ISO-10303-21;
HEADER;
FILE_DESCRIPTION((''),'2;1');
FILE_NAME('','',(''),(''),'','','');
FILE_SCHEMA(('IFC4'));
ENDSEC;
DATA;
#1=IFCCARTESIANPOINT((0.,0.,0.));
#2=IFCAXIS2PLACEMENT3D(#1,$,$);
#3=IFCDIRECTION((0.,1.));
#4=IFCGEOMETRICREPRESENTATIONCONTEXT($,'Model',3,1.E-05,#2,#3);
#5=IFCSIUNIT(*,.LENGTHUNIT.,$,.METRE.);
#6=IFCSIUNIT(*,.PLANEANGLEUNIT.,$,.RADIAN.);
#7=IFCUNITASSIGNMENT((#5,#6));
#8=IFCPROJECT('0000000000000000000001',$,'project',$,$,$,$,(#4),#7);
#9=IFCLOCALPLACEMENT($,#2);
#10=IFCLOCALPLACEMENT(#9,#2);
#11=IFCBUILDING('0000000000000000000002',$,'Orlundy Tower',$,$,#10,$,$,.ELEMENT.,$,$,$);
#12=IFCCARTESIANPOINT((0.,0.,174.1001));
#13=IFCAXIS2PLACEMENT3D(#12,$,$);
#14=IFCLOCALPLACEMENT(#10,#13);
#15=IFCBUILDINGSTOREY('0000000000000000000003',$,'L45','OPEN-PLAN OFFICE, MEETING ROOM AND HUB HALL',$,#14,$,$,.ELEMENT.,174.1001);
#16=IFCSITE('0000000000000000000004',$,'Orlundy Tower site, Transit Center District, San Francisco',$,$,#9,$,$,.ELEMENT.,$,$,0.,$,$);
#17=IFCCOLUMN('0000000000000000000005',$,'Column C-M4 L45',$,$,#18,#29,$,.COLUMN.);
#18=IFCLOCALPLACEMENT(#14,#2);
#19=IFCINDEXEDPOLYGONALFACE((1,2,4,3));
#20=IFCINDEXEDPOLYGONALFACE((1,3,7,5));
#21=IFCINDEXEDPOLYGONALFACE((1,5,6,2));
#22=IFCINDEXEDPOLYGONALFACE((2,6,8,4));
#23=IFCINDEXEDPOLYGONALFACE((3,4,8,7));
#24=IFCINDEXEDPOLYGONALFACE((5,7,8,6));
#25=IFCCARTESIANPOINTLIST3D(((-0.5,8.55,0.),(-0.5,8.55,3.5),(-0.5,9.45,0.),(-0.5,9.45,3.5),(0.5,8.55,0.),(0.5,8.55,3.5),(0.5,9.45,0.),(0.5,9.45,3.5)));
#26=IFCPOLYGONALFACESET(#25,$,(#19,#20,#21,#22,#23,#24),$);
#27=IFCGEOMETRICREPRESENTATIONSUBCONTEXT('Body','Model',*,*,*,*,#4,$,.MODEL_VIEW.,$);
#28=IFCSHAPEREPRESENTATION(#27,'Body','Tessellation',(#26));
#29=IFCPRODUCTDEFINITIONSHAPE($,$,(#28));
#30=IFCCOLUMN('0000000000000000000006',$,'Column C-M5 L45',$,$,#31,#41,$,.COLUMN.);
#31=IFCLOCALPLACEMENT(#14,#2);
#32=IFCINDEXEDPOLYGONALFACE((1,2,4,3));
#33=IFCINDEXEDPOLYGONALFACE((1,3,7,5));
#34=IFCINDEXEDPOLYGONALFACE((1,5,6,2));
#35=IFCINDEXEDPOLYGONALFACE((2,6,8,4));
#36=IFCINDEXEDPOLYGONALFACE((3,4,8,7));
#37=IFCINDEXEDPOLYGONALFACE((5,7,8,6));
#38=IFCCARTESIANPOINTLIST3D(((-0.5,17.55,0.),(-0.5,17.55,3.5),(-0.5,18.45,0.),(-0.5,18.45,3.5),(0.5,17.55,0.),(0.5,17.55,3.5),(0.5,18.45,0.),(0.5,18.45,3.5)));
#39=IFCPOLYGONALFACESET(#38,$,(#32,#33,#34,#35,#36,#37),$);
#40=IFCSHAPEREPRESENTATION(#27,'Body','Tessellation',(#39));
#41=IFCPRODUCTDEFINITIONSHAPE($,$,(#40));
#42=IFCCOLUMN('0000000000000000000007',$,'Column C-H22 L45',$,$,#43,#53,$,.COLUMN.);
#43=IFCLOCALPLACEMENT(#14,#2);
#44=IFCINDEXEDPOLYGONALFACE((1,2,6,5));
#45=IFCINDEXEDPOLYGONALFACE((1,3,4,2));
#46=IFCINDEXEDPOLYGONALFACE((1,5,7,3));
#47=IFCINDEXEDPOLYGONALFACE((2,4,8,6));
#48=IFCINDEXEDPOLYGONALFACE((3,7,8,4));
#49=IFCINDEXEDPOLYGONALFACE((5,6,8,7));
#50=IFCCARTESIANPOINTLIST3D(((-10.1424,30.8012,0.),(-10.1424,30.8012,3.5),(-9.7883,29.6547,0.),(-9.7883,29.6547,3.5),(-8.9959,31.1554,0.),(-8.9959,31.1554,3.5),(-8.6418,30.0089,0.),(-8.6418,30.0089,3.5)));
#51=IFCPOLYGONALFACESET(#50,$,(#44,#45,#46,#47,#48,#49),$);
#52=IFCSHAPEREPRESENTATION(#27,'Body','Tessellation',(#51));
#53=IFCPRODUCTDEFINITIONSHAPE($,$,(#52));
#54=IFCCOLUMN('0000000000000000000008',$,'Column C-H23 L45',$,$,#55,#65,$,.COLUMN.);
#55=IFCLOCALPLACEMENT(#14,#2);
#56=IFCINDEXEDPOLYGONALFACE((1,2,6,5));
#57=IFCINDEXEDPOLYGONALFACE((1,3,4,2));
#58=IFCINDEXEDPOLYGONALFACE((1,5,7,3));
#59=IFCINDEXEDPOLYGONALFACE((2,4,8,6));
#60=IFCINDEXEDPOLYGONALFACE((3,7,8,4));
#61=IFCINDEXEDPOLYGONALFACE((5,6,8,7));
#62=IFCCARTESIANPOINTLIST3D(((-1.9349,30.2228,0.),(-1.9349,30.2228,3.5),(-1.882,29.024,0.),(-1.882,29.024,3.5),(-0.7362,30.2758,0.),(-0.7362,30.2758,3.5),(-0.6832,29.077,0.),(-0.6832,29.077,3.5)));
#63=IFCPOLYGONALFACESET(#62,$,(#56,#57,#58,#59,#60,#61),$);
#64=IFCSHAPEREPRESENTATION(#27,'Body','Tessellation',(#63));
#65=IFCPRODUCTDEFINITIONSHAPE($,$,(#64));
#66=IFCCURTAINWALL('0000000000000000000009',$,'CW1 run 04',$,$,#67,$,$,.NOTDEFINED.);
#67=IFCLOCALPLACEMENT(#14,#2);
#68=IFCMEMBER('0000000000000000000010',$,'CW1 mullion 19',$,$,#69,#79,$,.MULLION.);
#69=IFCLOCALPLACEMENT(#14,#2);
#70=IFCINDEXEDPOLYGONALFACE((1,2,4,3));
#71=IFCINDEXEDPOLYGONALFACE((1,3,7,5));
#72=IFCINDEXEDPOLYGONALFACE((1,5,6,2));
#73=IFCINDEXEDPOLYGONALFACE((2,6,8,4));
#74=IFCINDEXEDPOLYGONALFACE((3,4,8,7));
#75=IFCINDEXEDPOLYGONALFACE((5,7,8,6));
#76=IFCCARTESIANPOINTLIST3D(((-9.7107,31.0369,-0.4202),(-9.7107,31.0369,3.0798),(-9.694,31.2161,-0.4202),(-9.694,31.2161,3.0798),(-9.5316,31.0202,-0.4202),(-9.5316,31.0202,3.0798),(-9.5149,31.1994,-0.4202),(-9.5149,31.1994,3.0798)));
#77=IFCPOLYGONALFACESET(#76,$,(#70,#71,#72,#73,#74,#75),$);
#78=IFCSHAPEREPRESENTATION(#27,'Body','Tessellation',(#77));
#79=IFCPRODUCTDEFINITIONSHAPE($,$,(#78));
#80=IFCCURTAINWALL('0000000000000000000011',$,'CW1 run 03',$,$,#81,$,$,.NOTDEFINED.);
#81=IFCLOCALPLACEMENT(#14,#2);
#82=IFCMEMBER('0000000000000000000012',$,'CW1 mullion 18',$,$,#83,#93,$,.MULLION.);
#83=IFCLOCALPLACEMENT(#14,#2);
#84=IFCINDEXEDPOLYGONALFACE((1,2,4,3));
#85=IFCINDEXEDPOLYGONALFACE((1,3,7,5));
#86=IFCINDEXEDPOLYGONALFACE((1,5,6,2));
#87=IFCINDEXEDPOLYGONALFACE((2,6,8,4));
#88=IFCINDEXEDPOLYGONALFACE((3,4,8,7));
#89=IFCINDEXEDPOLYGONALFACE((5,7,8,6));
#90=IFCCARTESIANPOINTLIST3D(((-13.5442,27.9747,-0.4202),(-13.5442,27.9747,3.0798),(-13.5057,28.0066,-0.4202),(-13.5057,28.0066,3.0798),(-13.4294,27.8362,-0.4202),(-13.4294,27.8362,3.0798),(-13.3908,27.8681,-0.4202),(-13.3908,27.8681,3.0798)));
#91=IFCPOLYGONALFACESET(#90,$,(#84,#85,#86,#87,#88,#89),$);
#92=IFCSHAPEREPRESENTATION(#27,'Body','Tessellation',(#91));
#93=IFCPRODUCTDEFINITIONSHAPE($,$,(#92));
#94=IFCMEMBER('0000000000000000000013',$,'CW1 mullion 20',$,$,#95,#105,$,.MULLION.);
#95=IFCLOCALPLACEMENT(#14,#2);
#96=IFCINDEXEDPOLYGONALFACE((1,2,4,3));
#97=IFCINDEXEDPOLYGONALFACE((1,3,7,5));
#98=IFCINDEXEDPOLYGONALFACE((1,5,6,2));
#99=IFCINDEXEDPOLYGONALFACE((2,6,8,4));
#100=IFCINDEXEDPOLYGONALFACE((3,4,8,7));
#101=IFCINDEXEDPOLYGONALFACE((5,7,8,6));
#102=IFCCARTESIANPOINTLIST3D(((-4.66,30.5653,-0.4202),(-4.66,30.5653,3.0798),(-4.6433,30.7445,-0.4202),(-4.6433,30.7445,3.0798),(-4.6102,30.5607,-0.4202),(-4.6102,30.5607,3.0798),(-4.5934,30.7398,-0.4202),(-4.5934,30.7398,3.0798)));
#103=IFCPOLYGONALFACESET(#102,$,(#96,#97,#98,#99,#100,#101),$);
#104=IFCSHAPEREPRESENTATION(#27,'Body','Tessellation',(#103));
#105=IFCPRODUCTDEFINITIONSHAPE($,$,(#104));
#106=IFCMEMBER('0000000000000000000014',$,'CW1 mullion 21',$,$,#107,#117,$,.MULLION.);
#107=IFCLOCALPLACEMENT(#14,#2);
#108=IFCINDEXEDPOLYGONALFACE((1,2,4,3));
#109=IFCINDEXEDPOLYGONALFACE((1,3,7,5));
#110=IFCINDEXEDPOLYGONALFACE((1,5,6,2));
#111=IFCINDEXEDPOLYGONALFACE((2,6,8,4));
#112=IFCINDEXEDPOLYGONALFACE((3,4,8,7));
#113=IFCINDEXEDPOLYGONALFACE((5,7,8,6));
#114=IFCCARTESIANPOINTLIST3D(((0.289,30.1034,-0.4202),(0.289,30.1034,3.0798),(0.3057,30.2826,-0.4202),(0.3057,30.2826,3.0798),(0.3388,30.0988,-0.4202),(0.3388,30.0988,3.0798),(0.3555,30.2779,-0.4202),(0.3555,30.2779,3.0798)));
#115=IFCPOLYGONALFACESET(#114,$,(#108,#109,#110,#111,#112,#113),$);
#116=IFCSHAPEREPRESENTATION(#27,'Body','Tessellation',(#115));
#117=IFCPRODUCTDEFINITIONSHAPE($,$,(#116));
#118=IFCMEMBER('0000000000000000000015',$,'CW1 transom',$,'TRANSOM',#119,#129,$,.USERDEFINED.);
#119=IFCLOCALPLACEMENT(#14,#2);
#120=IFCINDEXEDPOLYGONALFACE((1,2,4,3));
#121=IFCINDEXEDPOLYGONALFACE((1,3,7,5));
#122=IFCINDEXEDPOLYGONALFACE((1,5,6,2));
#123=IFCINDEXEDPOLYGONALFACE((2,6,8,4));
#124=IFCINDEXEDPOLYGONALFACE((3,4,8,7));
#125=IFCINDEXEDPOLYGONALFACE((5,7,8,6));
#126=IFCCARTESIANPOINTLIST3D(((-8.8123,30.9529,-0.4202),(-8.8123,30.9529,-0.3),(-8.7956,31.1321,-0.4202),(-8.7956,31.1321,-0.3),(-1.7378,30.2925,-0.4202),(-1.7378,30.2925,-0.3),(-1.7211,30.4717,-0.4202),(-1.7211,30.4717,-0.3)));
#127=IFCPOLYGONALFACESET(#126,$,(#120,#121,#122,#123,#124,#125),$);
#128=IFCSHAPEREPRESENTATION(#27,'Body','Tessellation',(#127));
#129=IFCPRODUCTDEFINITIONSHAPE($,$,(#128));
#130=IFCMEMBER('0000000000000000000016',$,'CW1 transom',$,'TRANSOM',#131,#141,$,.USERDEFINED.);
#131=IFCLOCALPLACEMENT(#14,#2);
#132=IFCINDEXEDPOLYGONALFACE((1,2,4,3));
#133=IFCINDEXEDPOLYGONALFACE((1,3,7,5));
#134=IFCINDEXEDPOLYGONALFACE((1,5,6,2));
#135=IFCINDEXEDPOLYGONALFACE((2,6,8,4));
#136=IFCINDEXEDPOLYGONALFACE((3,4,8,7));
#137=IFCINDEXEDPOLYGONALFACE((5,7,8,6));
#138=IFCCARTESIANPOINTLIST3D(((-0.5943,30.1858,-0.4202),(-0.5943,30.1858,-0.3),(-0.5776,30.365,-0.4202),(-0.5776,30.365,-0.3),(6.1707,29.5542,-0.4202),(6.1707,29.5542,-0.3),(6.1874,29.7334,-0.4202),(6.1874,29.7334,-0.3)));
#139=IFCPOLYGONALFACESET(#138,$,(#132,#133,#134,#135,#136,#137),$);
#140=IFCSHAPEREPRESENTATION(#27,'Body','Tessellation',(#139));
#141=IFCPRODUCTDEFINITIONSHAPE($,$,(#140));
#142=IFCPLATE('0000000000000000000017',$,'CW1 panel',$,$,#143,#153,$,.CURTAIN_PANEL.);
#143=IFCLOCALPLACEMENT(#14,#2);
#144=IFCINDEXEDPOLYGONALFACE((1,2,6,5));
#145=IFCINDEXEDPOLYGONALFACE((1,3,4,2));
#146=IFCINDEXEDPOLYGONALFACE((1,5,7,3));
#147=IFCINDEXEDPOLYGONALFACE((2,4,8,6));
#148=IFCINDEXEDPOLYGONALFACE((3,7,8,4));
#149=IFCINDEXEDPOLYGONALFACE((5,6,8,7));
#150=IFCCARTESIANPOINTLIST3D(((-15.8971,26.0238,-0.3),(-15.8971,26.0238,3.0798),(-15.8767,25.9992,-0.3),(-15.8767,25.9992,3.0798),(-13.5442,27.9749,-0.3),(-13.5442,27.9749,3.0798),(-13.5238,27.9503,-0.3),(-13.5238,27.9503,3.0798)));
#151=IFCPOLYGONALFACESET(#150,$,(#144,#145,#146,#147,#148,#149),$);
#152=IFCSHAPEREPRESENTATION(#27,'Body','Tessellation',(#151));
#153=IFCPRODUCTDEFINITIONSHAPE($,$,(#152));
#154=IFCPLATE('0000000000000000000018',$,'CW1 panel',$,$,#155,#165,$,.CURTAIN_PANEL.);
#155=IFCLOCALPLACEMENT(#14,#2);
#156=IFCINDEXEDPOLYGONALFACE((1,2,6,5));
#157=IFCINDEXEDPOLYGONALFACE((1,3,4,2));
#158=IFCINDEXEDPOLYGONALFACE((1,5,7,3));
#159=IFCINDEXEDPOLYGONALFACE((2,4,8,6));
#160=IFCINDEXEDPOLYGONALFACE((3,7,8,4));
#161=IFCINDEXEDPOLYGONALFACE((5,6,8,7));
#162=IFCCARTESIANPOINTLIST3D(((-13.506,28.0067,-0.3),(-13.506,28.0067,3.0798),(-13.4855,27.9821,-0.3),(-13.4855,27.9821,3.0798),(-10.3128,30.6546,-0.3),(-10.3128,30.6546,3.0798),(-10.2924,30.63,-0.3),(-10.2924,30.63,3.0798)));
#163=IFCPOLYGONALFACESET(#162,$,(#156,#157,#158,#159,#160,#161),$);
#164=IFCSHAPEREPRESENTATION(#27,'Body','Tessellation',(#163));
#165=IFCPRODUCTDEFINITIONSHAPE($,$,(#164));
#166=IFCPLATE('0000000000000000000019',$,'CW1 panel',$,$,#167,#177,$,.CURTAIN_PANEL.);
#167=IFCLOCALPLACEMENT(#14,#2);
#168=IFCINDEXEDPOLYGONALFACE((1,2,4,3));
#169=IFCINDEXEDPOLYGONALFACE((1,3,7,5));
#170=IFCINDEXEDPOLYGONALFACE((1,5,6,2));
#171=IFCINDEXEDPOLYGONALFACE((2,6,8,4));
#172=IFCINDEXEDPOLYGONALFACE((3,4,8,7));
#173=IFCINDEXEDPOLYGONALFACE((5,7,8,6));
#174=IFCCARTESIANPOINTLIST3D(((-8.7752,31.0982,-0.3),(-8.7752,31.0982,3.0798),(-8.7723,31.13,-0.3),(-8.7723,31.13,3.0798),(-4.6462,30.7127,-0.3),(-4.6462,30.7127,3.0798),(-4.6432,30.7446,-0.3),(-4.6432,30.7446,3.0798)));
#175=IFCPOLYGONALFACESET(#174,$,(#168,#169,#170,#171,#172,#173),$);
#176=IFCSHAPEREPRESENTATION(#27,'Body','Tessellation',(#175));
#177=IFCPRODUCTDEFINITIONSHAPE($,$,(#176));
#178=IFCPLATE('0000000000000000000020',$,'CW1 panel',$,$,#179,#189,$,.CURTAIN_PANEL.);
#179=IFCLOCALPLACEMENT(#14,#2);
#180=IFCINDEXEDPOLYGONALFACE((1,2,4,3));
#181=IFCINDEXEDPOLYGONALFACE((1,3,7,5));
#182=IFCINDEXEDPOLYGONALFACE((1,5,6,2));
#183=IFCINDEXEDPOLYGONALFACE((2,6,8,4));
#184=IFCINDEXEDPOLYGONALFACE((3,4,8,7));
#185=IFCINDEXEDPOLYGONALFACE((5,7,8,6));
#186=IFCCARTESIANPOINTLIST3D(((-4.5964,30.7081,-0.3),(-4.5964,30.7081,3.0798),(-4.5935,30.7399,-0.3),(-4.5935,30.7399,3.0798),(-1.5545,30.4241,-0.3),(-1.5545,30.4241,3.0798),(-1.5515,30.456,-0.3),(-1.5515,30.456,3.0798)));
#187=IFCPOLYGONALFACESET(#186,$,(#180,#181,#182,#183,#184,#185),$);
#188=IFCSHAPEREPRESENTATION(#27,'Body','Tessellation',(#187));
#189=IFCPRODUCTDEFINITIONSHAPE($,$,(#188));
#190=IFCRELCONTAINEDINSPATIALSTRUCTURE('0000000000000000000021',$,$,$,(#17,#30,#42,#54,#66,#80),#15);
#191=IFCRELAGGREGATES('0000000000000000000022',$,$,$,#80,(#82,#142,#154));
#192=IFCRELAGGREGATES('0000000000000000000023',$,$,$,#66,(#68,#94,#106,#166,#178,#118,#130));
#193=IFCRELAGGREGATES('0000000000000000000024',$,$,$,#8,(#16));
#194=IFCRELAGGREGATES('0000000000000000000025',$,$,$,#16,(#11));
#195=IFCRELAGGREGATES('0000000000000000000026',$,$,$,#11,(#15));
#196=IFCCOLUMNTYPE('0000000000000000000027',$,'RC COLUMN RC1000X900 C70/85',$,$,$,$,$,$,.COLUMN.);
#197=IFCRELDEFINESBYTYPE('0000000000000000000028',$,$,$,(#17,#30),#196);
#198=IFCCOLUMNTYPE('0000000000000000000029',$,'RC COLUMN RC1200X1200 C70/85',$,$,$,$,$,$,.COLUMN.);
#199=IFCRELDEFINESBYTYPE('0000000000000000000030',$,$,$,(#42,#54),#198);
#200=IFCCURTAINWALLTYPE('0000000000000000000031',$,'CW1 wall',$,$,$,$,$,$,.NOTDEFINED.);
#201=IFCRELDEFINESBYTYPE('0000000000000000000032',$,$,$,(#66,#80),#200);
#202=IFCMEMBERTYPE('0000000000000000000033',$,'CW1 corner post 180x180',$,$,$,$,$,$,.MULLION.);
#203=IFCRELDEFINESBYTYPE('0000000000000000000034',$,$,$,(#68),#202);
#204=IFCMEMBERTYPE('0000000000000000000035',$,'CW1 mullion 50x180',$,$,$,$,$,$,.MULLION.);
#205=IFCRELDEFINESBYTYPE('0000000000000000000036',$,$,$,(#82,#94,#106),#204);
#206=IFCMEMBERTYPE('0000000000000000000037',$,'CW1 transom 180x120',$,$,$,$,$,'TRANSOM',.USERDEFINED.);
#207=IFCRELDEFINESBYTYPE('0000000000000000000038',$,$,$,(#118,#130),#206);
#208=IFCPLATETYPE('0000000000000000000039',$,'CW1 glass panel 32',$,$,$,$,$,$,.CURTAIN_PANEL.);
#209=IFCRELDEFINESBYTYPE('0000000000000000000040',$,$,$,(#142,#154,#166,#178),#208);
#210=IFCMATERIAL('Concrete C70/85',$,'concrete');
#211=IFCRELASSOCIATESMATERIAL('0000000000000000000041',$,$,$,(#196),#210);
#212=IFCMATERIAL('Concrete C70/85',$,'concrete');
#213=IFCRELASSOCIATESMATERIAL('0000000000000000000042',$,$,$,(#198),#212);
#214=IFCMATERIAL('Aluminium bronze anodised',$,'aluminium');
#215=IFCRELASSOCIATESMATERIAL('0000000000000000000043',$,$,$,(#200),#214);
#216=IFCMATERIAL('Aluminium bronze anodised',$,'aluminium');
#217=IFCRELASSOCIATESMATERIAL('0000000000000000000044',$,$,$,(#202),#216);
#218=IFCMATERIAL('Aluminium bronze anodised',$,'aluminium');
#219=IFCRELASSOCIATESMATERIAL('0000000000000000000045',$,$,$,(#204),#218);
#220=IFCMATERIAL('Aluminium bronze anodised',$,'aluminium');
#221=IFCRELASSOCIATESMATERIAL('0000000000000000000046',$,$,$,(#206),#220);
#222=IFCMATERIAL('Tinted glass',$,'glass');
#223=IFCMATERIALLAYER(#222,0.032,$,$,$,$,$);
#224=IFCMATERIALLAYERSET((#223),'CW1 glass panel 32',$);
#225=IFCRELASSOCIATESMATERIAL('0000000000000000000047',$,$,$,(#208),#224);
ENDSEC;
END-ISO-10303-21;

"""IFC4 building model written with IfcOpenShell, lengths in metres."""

from ifc_helpers import new_model, si_unit, direction, frame, origin, origin_2d, place, context, subcontext, project, spatial, rectangle, extrude, material, layer, layer_set, material_profile, profile_set, type_object, element, aggregate, save


model = new_model("IFC4")

# Units and contexts
model_context = context("Model", 3, precision=1e-05, world=origin(), true_north=direction((0.0, 1.0)))
body_context = subcontext(model_context, "Body", "Model", "MODEL_VIEW")
ifc_project = project(units=[si_unit("LENGTHUNIT", "METRE"), si_unit("PLANEANGLEUNIT", "RADIAN")], contexts=[model_context])

# Site, building, storey
site_placement = place(None, origin())
site = spatial("IfcSite", under=ifc_project, at=site_placement, Name="Orlundy Tower site, Transit Center District, San Francisco", CompositionType="ELEMENT", RefElevation=0.0)
building_placement = place(site_placement, origin())
building = spatial("IfcBuilding", under=site, at=building_placement, Name="Orlundy Tower", CompositionType="ELEMENT")
storey_placement = place(building_placement, frame((0.0, 0.0, 174.1001)))
storey = spatial("IfcBuildingStorey", under=building, at=storey_placement, Name="L45", Description="OPEN-PLAN OFFICE, MEETING ROOM AND HUB HALL", CompositionType="ELEMENT", Elevation=174.1001)

# Columns
ifc_material_1 = material(Name="Concrete C70/85", Category="concrete")
ifc_material_profile_1 = material_profile(ifc_material_1, rectangle(XDim=1.0, YDim=0.8999, at=origin_2d()), Name="RC1000X900")
ifc_profile_set_1 = profile_set([ifc_material_profile_1], Name="Concrete C70/85")
column_type_1 = type_object("IfcColumnType", Name="RC COLUMN RC1000X900 C70/85", PredefinedType="COLUMN", material=ifc_profile_set_1)
for number, where, z_axis, x_axis, name in (
    (1, (0.0, 9.0, 0.0), (0.0, 0.0, 1.0), (1.0, 0.0, 0.0), "Column C-M4 L45"),
    (2, (0.0, 18.0, 0.0), (0.0, 0.0, 1.0), (1.0, 0.0, 0.0), "Column C-M5 L45"),
):
    element("IfcColumn", number, at=place(storey_placement, frame(where, z_axis=z_axis, x_axis=x_axis)), inside=storey, type_object=column_type_1, Name=name, PredefinedType="COLUMN", context=body_context, shape_type="SweptSolid", body=[
        extrude(rectangle(XDim=1.0, YDim=0.8999, at=origin_2d()), origin(), (0.0, 0.0, 1.0), 3.5),
    ])
ifc_material_2 = material(Name="Concrete C70/85", Category="concrete")
ifc_material_profile_2 = material_profile(ifc_material_2, rectangle(XDim=1.2, YDim=1.2, at=origin_2d()), Name="RC1200X1200")
ifc_profile_set_2 = profile_set([ifc_material_profile_2], Name="Concrete C70/85")
column_type_2 = type_object("IfcColumnType", Name="RC COLUMN RC1200X1200 C70/85", PredefinedType="COLUMN", material=ifc_profile_set_2)
for number, where, z_axis, x_axis, name in (
    (3, (-9.3921, 30.405, 0.0), (0.0, 0.0, 1.0), (-0.295141, 0.955454, 0.0), "Column C-H22 L45"),
    (4, (-1.3091, 29.6499, 0.0), (0.0, 0.0, 1.0), (-0.044108, 0.999027, 0.0), "Column C-H23 L45"),
):
    element("IfcColumn", number, at=place(storey_placement, frame(where, z_axis=z_axis, x_axis=x_axis)), inside=storey, type_object=column_type_2, Name=name, PredefinedType="COLUMN", context=body_context, shape_type="SweptSolid", body=[
        extrude(rectangle(XDim=1.2, YDim=1.2, at=origin_2d()), origin(), (0.0, 0.0, 1.0), 3.5),
    ])

# Curtain walls, members
ifc_material_3 = material(Name="Aluminium bronze anodised", Category="aluminium")
curtain_wall_type = type_object("IfcCurtainWallType", Name="CW1 wall", PredefinedType="NOTDEFINED", material=ifc_material_3)
curtain_wall_1_placement = place(storey_placement, origin())
curtain_wall_1 = element("IfcCurtainWall", 5, at=curtain_wall_1_placement, inside=storey, type_object=curtain_wall_type, Name="CW1 run 04", PredefinedType="NOTDEFINED")
ifc_material_4 = material(Name="Aluminium bronze anodised", Category="aluminium")
ifc_material_profile_3 = material_profile(ifc_material_4, rectangle(XDim=0.1799, YDim=0.1799, at=origin_2d()), Name="CW1 corner post 180x180")
ifc_profile_set_3 = profile_set([ifc_material_profile_3], Name="Aluminium bronze anodised")
member_type_1 = type_object("IfcMemberType", Name="CW1 corner post 180x180", PredefinedType="MULLION", material=ifc_profile_set_3)
member_1_placement = place(storey_placement, frame((-9.6128, 31.1182, -0.4202), z_axis=(0.0, 0.0, 1.0), x_axis=(0.092948, 0.995671, 0.0)))
member_1 = element("IfcMember", 6, at=member_1_placement, type_object=member_type_1, Name="CW1 mullion 19", PredefinedType="MULLION", context=body_context, shape_type="SweptSolid", body=[
    extrude(rectangle(XDim=0.1799, YDim=0.1799, at=origin_2d()), origin(), (0.0, 0.0, 1.0), 3.5),
])
curtain_wall_2_placement = place(storey_placement, origin())
curtain_wall_2 = element("IfcCurtainWall", 7, at=curtain_wall_2_placement, inside=storey, type_object=curtain_wall_type, Name="CW1 run 03", PredefinedType="NOTDEFINED")
ifc_material_5 = material(Name="Aluminium bronze anodised", Category="aluminium")
ifc_material_profile_4 = material_profile(ifc_material_5, rectangle(XDim=0.1799, YDim=0.05, at=origin_2d()), Name="CW1 mullion 50x180")
ifc_profile_set_4 = profile_set([ifc_material_profile_4], Name="Aluminium bronze anodised")
member_type_2 = type_object("IfcMemberType", Name="CW1 mullion 50x180", PredefinedType="MULLION", material=ifc_profile_set_4)
member_2_placement = place(storey_placement, frame((-13.4675, 27.9214, -0.4202), z_axis=(0.0, 0.0, 1.0), x_axis=(-0.638318, 0.769772, 0.0)))
member_2 = element("IfcMember", 8, at=member_2_placement, type_object=member_type_2, Name="CW1 mullion 18", PredefinedType="MULLION", context=body_context, shape_type="SweptSolid", body=[
    extrude(rectangle(XDim=0.1799, YDim=0.05, at=origin_2d()), origin(), (0.0, 0.0, 1.0), 3.5),
])

# Members
member_3_placement = place(storey_placement, frame((-4.6267, 30.6526, -0.4202), z_axis=(0.0, 0.0, 1.0), x_axis=(0.092948, 0.995671, 0.0)))
member_3 = element("IfcMember", 9, at=member_3_placement, type_object=member_type_2, Name="CW1 mullion 20", PredefinedType="MULLION", context=body_context, shape_type="SweptSolid", body=[
    extrude(rectangle(XDim=0.1799, YDim=0.05, at=origin_2d()), origin(), (0.0, 0.0, 1.0), 3.5),
])
member_4_placement = place(storey_placement, frame((0.3223, 30.1907, -0.4202), z_axis=(0.0, 0.0, 1.0), x_axis=(0.092948, 0.995671, 0.0)))
member_4 = element("IfcMember", 10, at=member_4_placement, type_object=member_type_2, Name="CW1 mullion 21", PredefinedType="MULLION", context=body_context, shape_type="SweptSolid", body=[
    extrude(rectangle(XDim=0.1799, YDim=0.05, at=origin_2d()), origin(), (0.0, 0.0, 1.0), 3.5),
])
ifc_material_6 = material(Name="Aluminium bronze anodised", Category="aluminium")
ifc_material_profile_5 = material_profile(ifc_material_6, rectangle(XDim=0.1799, YDim=0.1201, at=origin_2d()), Name="CW1 transom 180x120")
ifc_profile_set_5 = profile_set([ifc_material_profile_5], Name="Aluminium bronze anodised")
member_type_3 = type_object("IfcMemberType", Name="CW1 transom 180x120", ElementType="TRANSOM", PredefinedType="USERDEFINED", material=ifc_profile_set_5)
member_5_placement = place(storey_placement, frame((-8.804, 31.0425, -0.3601), z_axis=(0.995671, -0.092946, 0.0), x_axis=(0.092946, 0.995671, 0.0)))
member_5 = element("IfcMember", 11, at=member_5_placement, type_object=member_type_3, Name="CW1 transom", ObjectType="TRANSOM", PredefinedType="USERDEFINED", context=body_context, shape_type="SweptSolid", body=[
    extrude(rectangle(XDim=0.1799, YDim=0.1201, at=origin_2d()), origin(), (0.0, 0.0, 1.0), 7.1052),
])
member_6_placement = place(storey_placement, frame((-0.5859, 30.2754, -0.3601), z_axis=(0.99567, -0.092956, 0.0), x_axis=(0.092956, 0.99567, 0.0)))
member_6 = element("IfcMember", 12, at=member_6_placement, type_object=member_type_3, Name="CW1 transom", ObjectType="TRANSOM", PredefinedType="USERDEFINED", context=body_context, shape_type="SweptSolid", body=[
    extrude(rectangle(XDim=0.1799, YDim=0.1201, at=origin_2d()), origin(), (0.0, 0.0, 1.0), 6.7944),
])

# Plates
ifc_material_7 = material(Name="Tinted glass", Category="glass")
ifc_layer_1 = layer(ifc_material_7, 0.032)
ifc_layer_set_1 = layer_set([ifc_layer_1], Name="CW1 glass panel 32")
plate_type = type_object("IfcPlateType", Name="CW1 glass panel 32", PredefinedType="CURTAIN_PANEL", material=ifc_layer_set_1)
plate_1_placement = place(storey_placement, frame((-14.7104, 26.9871, -0.3), z_axis=(0.0, 0.0, 1.0), x_axis=(0.769772, 0.638318, 0.0)))
plate_1 = element("IfcPlate", 13, at=plate_1_placement, type_object=plate_type, Name="CW1 panel", PredefinedType="CURTAIN_PANEL", context=body_context, shape_type="SweptSolid", body=[
    extrude(rectangle(XDim=3.0566, YDim=0.032, at=origin_2d()), origin(), (0.0, 0.0, 1.0), 3.3799),
])
plate_2_placement = place(storey_placement, frame((-11.8992, 29.3184, -0.3), z_axis=(0.0, 0.0, 1.0), x_axis=(0.769772, 0.638318, 0.0)))
plate_2 = element("IfcPlate", 14, at=plate_2_placement, type_object=plate_type, Name="CW1 panel", PredefinedType="CURTAIN_PANEL", context=body_context, shape_type="SweptSolid", body=[
    extrude(rectangle(XDim=4.1482, YDim=0.032, at=origin_2d()), origin(), (0.0, 0.0, 1.0), 3.3799),
])
aggregate(curtain_wall_2, [member_2, plate_1, plate_2])
plate_3_placement = place(storey_placement, frame((-6.7092, 30.9214, -0.3), z_axis=(0.0, 0.0, 1.0), x_axis=(0.995671, -0.092948, 0.0)))
plate_3 = element("IfcPlate", 15, at=plate_3_placement, type_object=plate_type, Name="CW1 panel", PredefinedType="CURTAIN_PANEL", context=body_context, shape_type="SweptSolid", body=[
    extrude(rectangle(XDim=4.147, YDim=0.032, at=origin_2d()), origin(), (0.0, 0.0, 1.0), 3.3799),
])
plate_4_placement = place(storey_placement, frame((-3.074, 30.582, -0.3), z_axis=(0.0, 0.0, 1.0), x_axis=(0.995671, -0.092948, 0.0)))
plate_4 = element("IfcPlate", 16, at=plate_4_placement, type_object=plate_type, Name="CW1 panel", PredefinedType="CURTAIN_PANEL", context=body_context, shape_type="SweptSolid", body=[
    extrude(rectangle(XDim=3.0552, YDim=0.032, at=origin_2d()), origin(), (0.0, 0.0, 1.0), 3.3799),
])
aggregate(curtain_wall_1, [member_1, member_3, member_4, plate_3, plate_4, member_5, member_6])

save(model, "model.ifc")
